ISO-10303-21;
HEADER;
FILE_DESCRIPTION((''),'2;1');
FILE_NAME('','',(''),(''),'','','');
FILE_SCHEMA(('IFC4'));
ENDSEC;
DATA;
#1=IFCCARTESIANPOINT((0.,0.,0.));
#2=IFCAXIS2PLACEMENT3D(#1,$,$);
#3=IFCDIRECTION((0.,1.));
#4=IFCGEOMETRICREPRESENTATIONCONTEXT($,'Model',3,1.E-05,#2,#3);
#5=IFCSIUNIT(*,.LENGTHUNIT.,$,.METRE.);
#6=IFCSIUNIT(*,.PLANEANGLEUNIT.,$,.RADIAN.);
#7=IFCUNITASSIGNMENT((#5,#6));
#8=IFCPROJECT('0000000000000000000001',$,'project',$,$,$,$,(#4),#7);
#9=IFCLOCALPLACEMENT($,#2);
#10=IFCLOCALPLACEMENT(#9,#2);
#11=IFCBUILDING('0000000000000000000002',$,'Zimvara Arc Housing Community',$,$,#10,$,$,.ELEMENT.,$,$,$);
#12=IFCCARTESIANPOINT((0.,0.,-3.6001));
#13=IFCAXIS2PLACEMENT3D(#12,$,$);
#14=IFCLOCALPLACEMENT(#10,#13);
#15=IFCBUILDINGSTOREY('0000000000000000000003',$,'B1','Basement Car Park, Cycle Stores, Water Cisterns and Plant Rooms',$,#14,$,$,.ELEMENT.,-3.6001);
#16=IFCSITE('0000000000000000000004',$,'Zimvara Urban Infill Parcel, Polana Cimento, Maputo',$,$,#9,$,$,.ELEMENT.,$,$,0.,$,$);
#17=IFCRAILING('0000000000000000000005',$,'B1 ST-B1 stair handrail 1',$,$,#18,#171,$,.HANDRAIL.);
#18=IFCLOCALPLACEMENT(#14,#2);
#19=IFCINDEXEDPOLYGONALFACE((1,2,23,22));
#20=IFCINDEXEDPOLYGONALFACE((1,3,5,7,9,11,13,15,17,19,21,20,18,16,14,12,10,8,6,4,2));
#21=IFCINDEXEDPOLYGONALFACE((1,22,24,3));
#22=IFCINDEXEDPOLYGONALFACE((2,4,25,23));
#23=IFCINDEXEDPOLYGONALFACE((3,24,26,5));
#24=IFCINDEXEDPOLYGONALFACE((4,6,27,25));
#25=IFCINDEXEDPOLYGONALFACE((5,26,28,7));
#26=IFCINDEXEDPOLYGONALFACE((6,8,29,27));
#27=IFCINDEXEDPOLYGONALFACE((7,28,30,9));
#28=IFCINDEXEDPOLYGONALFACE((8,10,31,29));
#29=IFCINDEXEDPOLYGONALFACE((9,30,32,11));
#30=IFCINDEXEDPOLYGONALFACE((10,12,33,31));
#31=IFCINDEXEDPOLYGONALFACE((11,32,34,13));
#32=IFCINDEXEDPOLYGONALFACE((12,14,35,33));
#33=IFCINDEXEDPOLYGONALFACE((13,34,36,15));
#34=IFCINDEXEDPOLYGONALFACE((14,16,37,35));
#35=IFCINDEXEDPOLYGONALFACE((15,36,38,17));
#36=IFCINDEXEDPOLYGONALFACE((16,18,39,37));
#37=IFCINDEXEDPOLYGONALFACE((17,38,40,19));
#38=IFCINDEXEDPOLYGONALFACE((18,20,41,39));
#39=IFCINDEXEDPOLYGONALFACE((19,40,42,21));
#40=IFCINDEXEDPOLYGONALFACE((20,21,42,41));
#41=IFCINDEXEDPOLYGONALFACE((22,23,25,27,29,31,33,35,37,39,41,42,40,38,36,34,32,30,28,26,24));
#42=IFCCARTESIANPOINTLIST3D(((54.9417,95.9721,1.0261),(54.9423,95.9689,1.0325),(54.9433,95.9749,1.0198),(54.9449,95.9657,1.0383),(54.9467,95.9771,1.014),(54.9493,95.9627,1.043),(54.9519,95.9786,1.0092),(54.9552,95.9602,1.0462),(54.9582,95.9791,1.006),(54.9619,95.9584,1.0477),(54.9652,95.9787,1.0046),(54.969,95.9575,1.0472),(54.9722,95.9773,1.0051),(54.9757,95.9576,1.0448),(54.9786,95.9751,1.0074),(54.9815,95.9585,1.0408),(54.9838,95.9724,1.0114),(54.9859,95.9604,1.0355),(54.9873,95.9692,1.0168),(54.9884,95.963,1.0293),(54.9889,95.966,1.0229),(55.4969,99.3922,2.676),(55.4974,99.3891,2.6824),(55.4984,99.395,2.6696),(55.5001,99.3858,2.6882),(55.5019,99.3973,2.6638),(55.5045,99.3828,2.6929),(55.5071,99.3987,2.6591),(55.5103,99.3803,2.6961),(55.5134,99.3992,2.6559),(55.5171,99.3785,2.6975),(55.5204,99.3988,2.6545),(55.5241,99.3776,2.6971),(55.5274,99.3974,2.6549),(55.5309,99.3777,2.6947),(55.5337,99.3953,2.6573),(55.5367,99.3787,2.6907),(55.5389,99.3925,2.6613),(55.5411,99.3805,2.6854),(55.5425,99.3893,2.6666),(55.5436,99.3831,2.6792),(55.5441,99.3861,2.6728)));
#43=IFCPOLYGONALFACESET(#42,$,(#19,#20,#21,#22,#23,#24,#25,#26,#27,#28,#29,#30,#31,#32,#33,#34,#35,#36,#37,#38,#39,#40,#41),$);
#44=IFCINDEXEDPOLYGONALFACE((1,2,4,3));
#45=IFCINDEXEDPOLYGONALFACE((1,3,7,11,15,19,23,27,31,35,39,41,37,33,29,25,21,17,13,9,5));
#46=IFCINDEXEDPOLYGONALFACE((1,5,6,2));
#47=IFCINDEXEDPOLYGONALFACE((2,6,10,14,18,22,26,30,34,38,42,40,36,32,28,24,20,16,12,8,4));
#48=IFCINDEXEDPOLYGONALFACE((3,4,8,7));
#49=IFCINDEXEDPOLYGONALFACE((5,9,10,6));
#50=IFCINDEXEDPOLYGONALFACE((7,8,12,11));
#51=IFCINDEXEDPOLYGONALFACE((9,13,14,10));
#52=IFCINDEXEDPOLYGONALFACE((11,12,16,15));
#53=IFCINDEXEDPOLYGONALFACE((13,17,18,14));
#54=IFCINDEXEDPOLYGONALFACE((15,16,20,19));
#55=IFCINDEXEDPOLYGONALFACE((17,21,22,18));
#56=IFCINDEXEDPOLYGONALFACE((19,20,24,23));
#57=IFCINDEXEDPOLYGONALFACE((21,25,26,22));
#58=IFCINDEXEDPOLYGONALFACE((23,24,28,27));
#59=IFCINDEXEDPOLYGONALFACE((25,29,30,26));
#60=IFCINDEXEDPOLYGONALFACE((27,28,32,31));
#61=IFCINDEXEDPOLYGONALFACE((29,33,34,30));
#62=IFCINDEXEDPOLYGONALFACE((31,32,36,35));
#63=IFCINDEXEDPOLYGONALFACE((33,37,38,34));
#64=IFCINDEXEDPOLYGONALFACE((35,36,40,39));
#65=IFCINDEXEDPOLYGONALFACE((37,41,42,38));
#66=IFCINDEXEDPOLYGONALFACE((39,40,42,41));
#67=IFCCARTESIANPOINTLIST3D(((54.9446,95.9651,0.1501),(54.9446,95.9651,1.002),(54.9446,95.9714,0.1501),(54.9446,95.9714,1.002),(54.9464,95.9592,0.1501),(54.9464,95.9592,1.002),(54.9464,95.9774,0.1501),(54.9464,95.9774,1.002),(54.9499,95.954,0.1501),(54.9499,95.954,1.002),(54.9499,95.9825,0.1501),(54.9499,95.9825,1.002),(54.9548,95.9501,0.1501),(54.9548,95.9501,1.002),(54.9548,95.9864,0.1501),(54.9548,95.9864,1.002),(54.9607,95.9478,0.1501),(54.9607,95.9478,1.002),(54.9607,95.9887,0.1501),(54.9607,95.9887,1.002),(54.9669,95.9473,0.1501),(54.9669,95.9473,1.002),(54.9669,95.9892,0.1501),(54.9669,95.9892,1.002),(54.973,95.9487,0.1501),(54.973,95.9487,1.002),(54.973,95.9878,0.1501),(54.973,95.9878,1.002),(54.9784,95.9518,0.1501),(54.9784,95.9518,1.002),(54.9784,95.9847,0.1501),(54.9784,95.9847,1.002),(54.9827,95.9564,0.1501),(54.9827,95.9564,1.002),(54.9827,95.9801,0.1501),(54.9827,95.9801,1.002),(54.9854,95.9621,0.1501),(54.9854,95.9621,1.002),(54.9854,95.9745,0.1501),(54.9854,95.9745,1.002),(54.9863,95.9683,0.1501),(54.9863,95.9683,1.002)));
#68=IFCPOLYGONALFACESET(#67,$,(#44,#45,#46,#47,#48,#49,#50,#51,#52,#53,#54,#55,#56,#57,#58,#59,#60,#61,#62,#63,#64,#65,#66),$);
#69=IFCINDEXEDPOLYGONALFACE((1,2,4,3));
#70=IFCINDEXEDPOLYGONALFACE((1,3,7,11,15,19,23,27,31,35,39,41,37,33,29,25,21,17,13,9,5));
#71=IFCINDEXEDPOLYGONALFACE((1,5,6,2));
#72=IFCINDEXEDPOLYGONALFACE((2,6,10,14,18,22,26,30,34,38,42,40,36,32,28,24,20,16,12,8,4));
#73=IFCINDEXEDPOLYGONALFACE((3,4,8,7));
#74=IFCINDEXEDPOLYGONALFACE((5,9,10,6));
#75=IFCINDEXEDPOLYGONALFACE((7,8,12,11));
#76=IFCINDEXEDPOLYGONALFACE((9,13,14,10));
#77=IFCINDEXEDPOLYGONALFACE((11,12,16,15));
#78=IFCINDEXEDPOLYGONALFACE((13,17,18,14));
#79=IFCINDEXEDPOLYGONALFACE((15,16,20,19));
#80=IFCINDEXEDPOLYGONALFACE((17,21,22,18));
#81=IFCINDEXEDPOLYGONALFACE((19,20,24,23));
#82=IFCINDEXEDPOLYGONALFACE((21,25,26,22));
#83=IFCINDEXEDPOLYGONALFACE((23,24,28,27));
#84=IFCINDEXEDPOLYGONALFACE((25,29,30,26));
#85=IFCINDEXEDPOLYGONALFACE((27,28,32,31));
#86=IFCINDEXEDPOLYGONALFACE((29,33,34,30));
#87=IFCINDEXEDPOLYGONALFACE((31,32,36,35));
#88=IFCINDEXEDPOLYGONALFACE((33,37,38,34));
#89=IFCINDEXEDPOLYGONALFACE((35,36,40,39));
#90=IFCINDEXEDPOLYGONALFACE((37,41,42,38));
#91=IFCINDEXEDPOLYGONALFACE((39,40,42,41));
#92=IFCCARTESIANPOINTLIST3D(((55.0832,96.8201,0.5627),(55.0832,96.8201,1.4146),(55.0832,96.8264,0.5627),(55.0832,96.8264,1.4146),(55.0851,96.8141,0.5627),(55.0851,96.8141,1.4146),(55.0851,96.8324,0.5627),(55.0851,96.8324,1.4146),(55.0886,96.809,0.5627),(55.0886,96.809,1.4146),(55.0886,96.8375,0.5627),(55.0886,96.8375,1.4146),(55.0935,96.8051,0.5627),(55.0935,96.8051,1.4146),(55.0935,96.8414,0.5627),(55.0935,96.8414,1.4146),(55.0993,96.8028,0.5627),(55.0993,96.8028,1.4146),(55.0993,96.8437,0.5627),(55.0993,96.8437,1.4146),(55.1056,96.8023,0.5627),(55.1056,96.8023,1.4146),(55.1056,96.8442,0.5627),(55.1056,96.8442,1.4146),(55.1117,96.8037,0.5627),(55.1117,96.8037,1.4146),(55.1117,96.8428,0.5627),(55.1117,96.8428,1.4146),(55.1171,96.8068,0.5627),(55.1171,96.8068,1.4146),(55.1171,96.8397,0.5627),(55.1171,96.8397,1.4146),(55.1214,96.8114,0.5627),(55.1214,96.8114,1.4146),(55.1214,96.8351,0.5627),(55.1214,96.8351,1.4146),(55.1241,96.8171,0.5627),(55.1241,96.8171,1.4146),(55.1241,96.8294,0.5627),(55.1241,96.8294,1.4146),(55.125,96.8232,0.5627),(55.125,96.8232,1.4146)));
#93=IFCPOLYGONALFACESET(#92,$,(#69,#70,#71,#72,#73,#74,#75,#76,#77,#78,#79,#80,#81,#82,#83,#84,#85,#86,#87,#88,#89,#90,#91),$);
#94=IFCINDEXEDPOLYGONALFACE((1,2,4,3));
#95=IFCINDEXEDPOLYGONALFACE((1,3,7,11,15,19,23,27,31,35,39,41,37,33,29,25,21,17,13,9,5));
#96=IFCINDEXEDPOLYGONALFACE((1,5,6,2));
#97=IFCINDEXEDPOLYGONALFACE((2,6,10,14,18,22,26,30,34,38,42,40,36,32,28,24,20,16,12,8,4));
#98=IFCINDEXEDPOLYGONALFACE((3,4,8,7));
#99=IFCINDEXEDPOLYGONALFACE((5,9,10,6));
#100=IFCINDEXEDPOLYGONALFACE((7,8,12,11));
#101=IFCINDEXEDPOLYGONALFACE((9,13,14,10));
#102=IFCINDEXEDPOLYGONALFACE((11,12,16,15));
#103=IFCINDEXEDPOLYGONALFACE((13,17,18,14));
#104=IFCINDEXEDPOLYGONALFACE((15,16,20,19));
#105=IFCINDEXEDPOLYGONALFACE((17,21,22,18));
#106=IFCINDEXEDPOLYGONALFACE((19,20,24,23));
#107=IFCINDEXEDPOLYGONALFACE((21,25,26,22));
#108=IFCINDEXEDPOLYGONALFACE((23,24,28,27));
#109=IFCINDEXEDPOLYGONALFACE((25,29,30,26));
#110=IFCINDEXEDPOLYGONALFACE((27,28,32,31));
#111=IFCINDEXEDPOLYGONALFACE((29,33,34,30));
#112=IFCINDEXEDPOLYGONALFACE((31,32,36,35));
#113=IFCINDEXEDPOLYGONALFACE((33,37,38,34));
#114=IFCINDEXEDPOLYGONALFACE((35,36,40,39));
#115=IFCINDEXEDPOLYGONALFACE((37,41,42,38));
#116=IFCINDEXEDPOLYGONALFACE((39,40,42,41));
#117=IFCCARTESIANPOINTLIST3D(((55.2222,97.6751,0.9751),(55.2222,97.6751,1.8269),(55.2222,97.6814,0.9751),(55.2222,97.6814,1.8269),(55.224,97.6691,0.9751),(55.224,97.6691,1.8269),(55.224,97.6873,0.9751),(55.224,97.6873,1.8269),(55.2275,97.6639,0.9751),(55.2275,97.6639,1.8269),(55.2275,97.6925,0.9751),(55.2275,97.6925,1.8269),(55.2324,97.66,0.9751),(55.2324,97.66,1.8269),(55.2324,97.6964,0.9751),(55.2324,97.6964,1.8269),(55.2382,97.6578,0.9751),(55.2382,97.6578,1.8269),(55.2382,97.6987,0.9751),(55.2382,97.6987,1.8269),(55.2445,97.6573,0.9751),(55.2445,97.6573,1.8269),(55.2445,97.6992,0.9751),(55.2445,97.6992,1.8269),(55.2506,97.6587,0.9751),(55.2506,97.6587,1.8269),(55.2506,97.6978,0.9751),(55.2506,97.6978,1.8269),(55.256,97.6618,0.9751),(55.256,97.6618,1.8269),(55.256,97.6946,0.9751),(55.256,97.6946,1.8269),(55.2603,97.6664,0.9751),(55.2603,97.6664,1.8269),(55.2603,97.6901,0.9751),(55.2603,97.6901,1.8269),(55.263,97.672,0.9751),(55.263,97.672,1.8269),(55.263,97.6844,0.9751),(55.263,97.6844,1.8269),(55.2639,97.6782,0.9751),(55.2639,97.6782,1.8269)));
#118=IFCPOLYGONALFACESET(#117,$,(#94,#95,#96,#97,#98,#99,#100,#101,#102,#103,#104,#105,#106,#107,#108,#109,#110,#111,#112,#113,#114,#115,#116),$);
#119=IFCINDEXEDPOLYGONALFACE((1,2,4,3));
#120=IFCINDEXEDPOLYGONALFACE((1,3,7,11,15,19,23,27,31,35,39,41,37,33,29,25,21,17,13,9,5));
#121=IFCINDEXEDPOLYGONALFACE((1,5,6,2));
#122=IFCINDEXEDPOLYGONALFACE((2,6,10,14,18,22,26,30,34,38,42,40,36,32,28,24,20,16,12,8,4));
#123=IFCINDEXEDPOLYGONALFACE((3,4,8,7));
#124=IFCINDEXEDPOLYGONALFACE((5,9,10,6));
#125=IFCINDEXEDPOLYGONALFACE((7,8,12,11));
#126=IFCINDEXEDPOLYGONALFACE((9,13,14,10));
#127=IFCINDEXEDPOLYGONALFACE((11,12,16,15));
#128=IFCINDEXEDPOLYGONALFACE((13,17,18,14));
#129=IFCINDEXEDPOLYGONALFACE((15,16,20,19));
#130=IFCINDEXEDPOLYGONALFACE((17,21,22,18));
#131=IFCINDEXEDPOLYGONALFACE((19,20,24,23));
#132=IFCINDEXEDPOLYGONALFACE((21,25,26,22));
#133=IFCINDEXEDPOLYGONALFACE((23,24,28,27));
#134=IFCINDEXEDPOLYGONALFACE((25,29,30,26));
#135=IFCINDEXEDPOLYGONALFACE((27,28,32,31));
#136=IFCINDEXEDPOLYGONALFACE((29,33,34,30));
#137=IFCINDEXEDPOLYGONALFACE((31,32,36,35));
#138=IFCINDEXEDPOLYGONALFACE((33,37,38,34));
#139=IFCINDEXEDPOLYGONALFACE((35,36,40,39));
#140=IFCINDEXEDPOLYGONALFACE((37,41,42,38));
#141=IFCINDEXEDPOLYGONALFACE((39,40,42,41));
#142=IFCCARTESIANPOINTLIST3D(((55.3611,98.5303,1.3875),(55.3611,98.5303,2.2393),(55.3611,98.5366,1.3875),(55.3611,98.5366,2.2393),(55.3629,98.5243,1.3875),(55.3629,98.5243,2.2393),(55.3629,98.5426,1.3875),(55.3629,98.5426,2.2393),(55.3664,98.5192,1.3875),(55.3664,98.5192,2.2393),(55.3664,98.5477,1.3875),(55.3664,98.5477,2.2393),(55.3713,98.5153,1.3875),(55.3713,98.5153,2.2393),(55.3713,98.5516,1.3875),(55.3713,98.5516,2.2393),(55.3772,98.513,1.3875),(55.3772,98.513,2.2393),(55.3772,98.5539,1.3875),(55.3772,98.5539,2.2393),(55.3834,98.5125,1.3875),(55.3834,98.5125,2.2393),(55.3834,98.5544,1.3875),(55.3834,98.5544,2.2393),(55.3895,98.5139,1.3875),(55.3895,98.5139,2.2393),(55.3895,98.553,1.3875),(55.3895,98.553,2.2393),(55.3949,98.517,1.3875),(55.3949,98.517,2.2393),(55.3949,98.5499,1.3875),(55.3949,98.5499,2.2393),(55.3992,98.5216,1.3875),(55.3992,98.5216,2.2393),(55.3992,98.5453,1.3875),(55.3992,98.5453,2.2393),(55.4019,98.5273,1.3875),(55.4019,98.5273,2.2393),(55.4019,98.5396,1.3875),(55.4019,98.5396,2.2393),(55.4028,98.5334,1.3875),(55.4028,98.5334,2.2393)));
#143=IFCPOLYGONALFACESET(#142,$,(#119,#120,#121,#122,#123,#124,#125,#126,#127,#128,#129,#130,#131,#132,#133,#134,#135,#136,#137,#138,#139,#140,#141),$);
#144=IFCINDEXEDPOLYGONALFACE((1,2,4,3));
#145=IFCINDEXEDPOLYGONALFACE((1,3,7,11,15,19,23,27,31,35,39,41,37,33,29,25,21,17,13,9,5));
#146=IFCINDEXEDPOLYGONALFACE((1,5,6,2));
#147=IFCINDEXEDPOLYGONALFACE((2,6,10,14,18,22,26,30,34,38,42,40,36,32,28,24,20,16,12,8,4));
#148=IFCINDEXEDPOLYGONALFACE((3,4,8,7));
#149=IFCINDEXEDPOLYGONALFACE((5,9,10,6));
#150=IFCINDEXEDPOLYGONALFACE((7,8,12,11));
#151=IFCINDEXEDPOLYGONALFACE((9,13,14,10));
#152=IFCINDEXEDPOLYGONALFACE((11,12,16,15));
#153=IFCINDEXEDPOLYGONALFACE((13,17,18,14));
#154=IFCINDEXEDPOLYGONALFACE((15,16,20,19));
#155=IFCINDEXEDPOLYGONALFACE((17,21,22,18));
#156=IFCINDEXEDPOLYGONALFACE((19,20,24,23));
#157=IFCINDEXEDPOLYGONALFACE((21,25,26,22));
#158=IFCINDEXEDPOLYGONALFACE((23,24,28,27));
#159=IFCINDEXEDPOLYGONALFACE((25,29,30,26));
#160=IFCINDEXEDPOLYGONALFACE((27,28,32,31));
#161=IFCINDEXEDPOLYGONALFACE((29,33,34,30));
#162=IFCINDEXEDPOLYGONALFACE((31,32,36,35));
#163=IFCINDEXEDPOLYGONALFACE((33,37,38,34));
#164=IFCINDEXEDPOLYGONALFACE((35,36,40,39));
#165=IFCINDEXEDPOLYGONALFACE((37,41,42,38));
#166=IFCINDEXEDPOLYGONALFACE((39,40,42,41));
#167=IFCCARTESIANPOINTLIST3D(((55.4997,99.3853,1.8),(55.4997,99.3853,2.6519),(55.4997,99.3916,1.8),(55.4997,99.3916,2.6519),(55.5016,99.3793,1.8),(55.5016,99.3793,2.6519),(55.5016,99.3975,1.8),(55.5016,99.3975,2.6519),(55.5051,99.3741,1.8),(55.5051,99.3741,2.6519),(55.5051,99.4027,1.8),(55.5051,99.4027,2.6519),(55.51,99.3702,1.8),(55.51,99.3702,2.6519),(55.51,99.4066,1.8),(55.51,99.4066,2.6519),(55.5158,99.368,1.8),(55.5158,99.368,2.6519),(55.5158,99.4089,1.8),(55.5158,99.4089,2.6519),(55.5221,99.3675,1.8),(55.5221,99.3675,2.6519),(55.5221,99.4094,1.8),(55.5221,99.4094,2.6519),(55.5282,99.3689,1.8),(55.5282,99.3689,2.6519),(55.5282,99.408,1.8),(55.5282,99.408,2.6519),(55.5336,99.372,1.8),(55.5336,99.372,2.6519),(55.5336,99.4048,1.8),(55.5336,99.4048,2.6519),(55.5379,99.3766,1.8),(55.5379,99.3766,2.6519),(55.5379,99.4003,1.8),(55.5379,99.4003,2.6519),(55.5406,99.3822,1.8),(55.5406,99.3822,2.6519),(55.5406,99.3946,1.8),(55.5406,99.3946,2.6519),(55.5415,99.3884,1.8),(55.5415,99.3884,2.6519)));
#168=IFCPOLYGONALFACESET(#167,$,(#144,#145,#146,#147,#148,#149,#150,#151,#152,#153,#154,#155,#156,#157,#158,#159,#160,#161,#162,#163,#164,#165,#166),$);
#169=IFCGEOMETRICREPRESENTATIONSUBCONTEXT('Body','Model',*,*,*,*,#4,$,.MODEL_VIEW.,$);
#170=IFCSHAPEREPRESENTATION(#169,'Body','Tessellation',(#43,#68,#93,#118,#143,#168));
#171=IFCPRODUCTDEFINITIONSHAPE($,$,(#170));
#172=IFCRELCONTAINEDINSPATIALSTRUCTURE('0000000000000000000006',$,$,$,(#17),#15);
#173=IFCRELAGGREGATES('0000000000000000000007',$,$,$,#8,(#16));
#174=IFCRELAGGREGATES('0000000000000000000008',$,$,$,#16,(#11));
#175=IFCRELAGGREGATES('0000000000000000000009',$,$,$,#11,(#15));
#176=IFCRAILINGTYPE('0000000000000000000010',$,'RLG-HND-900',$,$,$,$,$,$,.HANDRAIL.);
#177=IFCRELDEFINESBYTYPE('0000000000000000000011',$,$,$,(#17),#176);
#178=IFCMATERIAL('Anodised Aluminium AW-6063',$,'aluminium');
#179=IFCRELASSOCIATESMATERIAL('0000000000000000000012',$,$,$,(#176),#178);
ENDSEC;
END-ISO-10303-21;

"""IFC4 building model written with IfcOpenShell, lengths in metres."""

from ifc_helpers import new_model, si_unit, direction, frame, origin, origin_2d, place, context, subcontext, project, spatial, circle, extrude, material, type_object, element, save


model = new_model("IFC4")

# Units and contexts
model_context = context("Model", 3, precision=1e-05, world=origin(), true_north=direction((0.0, 1.0)))
body_context = subcontext(model_context, "Body", "Model", "MODEL_VIEW")
ifc_project = project(units=[si_unit("LENGTHUNIT", "METRE"), si_unit("PLANEANGLEUNIT", "RADIAN")], contexts=[model_context])

# Site, building, storey
site_placement = place(None, origin())
site = spatial("IfcSite", under=ifc_project, at=site_placement, Name="Zimvara Urban Infill Parcel, Polana Cimento, Maputo", CompositionType="ELEMENT", RefElevation=0.0)
building_placement = place(site_placement, origin())
building = spatial("IfcBuilding", under=site, at=building_placement, Name="Zimvara Arc Housing Community", CompositionType="ELEMENT")
storey_placement = place(building_placement, frame((0.0, 0.0, -3.6001)))
storey = spatial("IfcBuildingStorey", under=building, at=storey_placement, Name="B1", Description="Basement Car Park, Cycle Stores, Water Cisterns and Plant Rooms", CompositionType="ELEMENT", Elevation=-3.6001)

# Railing
ifc_material_1 = material(Name="Anodised Aluminium AW-6063", Category="aluminium")
railing_type_1 = type_object("IfcRailingType", Name="RLG-HND-900", PredefinedType="HANDRAIL", material=ifc_material_1)
railing_1_placement = place(storey_placement, frame((54.9653, 95.9683, 0.1501)))
element("IfcRailing", 1, at=railing_1_placement, inside=storey, type_object=railing_type_1, Name="B1 ST-B1 stair handrail 1", PredefinedType="HANDRAIL", context=body_context, shape_type="SweptSolid", body=[
    extrude(circle(Radius=0.0239, at=origin_2d()), frame((0.0, 0.0, 0.876), z_axis=(0.144664, 0.891202, 0.42992), x_axis=(-0.98708, 0.160227, 0.0)), (0.0, 0.0, 1.0), 3.8376),
    extrude(circle(Radius=0.021, at=origin_2d()), origin(), (0.0, 0.0, 1.0), 0.8518),
    extrude(circle(Radius=0.021, at=origin_2d()), frame((0.1387, 0.855, 0.4126)), (0.0, 0.0, 1.0), 0.8518),
    extrude(circle(Radius=0.021, at=origin_2d()), frame((0.2776, 1.71, 0.825)), (0.0, 0.0, 1.0), 0.8518),
    extrude(circle(Radius=0.021, at=origin_2d()), frame((0.4165, 2.5652, 1.2373)), (0.0, 0.0, 1.0), 0.8518),
    extrude(circle(Radius=0.021, at=origin_2d()), frame((0.5552, 3.4202, 1.6499)), (0.0, 0.0, 1.0), 0.8518),
])

save(model, "model.ifc")
